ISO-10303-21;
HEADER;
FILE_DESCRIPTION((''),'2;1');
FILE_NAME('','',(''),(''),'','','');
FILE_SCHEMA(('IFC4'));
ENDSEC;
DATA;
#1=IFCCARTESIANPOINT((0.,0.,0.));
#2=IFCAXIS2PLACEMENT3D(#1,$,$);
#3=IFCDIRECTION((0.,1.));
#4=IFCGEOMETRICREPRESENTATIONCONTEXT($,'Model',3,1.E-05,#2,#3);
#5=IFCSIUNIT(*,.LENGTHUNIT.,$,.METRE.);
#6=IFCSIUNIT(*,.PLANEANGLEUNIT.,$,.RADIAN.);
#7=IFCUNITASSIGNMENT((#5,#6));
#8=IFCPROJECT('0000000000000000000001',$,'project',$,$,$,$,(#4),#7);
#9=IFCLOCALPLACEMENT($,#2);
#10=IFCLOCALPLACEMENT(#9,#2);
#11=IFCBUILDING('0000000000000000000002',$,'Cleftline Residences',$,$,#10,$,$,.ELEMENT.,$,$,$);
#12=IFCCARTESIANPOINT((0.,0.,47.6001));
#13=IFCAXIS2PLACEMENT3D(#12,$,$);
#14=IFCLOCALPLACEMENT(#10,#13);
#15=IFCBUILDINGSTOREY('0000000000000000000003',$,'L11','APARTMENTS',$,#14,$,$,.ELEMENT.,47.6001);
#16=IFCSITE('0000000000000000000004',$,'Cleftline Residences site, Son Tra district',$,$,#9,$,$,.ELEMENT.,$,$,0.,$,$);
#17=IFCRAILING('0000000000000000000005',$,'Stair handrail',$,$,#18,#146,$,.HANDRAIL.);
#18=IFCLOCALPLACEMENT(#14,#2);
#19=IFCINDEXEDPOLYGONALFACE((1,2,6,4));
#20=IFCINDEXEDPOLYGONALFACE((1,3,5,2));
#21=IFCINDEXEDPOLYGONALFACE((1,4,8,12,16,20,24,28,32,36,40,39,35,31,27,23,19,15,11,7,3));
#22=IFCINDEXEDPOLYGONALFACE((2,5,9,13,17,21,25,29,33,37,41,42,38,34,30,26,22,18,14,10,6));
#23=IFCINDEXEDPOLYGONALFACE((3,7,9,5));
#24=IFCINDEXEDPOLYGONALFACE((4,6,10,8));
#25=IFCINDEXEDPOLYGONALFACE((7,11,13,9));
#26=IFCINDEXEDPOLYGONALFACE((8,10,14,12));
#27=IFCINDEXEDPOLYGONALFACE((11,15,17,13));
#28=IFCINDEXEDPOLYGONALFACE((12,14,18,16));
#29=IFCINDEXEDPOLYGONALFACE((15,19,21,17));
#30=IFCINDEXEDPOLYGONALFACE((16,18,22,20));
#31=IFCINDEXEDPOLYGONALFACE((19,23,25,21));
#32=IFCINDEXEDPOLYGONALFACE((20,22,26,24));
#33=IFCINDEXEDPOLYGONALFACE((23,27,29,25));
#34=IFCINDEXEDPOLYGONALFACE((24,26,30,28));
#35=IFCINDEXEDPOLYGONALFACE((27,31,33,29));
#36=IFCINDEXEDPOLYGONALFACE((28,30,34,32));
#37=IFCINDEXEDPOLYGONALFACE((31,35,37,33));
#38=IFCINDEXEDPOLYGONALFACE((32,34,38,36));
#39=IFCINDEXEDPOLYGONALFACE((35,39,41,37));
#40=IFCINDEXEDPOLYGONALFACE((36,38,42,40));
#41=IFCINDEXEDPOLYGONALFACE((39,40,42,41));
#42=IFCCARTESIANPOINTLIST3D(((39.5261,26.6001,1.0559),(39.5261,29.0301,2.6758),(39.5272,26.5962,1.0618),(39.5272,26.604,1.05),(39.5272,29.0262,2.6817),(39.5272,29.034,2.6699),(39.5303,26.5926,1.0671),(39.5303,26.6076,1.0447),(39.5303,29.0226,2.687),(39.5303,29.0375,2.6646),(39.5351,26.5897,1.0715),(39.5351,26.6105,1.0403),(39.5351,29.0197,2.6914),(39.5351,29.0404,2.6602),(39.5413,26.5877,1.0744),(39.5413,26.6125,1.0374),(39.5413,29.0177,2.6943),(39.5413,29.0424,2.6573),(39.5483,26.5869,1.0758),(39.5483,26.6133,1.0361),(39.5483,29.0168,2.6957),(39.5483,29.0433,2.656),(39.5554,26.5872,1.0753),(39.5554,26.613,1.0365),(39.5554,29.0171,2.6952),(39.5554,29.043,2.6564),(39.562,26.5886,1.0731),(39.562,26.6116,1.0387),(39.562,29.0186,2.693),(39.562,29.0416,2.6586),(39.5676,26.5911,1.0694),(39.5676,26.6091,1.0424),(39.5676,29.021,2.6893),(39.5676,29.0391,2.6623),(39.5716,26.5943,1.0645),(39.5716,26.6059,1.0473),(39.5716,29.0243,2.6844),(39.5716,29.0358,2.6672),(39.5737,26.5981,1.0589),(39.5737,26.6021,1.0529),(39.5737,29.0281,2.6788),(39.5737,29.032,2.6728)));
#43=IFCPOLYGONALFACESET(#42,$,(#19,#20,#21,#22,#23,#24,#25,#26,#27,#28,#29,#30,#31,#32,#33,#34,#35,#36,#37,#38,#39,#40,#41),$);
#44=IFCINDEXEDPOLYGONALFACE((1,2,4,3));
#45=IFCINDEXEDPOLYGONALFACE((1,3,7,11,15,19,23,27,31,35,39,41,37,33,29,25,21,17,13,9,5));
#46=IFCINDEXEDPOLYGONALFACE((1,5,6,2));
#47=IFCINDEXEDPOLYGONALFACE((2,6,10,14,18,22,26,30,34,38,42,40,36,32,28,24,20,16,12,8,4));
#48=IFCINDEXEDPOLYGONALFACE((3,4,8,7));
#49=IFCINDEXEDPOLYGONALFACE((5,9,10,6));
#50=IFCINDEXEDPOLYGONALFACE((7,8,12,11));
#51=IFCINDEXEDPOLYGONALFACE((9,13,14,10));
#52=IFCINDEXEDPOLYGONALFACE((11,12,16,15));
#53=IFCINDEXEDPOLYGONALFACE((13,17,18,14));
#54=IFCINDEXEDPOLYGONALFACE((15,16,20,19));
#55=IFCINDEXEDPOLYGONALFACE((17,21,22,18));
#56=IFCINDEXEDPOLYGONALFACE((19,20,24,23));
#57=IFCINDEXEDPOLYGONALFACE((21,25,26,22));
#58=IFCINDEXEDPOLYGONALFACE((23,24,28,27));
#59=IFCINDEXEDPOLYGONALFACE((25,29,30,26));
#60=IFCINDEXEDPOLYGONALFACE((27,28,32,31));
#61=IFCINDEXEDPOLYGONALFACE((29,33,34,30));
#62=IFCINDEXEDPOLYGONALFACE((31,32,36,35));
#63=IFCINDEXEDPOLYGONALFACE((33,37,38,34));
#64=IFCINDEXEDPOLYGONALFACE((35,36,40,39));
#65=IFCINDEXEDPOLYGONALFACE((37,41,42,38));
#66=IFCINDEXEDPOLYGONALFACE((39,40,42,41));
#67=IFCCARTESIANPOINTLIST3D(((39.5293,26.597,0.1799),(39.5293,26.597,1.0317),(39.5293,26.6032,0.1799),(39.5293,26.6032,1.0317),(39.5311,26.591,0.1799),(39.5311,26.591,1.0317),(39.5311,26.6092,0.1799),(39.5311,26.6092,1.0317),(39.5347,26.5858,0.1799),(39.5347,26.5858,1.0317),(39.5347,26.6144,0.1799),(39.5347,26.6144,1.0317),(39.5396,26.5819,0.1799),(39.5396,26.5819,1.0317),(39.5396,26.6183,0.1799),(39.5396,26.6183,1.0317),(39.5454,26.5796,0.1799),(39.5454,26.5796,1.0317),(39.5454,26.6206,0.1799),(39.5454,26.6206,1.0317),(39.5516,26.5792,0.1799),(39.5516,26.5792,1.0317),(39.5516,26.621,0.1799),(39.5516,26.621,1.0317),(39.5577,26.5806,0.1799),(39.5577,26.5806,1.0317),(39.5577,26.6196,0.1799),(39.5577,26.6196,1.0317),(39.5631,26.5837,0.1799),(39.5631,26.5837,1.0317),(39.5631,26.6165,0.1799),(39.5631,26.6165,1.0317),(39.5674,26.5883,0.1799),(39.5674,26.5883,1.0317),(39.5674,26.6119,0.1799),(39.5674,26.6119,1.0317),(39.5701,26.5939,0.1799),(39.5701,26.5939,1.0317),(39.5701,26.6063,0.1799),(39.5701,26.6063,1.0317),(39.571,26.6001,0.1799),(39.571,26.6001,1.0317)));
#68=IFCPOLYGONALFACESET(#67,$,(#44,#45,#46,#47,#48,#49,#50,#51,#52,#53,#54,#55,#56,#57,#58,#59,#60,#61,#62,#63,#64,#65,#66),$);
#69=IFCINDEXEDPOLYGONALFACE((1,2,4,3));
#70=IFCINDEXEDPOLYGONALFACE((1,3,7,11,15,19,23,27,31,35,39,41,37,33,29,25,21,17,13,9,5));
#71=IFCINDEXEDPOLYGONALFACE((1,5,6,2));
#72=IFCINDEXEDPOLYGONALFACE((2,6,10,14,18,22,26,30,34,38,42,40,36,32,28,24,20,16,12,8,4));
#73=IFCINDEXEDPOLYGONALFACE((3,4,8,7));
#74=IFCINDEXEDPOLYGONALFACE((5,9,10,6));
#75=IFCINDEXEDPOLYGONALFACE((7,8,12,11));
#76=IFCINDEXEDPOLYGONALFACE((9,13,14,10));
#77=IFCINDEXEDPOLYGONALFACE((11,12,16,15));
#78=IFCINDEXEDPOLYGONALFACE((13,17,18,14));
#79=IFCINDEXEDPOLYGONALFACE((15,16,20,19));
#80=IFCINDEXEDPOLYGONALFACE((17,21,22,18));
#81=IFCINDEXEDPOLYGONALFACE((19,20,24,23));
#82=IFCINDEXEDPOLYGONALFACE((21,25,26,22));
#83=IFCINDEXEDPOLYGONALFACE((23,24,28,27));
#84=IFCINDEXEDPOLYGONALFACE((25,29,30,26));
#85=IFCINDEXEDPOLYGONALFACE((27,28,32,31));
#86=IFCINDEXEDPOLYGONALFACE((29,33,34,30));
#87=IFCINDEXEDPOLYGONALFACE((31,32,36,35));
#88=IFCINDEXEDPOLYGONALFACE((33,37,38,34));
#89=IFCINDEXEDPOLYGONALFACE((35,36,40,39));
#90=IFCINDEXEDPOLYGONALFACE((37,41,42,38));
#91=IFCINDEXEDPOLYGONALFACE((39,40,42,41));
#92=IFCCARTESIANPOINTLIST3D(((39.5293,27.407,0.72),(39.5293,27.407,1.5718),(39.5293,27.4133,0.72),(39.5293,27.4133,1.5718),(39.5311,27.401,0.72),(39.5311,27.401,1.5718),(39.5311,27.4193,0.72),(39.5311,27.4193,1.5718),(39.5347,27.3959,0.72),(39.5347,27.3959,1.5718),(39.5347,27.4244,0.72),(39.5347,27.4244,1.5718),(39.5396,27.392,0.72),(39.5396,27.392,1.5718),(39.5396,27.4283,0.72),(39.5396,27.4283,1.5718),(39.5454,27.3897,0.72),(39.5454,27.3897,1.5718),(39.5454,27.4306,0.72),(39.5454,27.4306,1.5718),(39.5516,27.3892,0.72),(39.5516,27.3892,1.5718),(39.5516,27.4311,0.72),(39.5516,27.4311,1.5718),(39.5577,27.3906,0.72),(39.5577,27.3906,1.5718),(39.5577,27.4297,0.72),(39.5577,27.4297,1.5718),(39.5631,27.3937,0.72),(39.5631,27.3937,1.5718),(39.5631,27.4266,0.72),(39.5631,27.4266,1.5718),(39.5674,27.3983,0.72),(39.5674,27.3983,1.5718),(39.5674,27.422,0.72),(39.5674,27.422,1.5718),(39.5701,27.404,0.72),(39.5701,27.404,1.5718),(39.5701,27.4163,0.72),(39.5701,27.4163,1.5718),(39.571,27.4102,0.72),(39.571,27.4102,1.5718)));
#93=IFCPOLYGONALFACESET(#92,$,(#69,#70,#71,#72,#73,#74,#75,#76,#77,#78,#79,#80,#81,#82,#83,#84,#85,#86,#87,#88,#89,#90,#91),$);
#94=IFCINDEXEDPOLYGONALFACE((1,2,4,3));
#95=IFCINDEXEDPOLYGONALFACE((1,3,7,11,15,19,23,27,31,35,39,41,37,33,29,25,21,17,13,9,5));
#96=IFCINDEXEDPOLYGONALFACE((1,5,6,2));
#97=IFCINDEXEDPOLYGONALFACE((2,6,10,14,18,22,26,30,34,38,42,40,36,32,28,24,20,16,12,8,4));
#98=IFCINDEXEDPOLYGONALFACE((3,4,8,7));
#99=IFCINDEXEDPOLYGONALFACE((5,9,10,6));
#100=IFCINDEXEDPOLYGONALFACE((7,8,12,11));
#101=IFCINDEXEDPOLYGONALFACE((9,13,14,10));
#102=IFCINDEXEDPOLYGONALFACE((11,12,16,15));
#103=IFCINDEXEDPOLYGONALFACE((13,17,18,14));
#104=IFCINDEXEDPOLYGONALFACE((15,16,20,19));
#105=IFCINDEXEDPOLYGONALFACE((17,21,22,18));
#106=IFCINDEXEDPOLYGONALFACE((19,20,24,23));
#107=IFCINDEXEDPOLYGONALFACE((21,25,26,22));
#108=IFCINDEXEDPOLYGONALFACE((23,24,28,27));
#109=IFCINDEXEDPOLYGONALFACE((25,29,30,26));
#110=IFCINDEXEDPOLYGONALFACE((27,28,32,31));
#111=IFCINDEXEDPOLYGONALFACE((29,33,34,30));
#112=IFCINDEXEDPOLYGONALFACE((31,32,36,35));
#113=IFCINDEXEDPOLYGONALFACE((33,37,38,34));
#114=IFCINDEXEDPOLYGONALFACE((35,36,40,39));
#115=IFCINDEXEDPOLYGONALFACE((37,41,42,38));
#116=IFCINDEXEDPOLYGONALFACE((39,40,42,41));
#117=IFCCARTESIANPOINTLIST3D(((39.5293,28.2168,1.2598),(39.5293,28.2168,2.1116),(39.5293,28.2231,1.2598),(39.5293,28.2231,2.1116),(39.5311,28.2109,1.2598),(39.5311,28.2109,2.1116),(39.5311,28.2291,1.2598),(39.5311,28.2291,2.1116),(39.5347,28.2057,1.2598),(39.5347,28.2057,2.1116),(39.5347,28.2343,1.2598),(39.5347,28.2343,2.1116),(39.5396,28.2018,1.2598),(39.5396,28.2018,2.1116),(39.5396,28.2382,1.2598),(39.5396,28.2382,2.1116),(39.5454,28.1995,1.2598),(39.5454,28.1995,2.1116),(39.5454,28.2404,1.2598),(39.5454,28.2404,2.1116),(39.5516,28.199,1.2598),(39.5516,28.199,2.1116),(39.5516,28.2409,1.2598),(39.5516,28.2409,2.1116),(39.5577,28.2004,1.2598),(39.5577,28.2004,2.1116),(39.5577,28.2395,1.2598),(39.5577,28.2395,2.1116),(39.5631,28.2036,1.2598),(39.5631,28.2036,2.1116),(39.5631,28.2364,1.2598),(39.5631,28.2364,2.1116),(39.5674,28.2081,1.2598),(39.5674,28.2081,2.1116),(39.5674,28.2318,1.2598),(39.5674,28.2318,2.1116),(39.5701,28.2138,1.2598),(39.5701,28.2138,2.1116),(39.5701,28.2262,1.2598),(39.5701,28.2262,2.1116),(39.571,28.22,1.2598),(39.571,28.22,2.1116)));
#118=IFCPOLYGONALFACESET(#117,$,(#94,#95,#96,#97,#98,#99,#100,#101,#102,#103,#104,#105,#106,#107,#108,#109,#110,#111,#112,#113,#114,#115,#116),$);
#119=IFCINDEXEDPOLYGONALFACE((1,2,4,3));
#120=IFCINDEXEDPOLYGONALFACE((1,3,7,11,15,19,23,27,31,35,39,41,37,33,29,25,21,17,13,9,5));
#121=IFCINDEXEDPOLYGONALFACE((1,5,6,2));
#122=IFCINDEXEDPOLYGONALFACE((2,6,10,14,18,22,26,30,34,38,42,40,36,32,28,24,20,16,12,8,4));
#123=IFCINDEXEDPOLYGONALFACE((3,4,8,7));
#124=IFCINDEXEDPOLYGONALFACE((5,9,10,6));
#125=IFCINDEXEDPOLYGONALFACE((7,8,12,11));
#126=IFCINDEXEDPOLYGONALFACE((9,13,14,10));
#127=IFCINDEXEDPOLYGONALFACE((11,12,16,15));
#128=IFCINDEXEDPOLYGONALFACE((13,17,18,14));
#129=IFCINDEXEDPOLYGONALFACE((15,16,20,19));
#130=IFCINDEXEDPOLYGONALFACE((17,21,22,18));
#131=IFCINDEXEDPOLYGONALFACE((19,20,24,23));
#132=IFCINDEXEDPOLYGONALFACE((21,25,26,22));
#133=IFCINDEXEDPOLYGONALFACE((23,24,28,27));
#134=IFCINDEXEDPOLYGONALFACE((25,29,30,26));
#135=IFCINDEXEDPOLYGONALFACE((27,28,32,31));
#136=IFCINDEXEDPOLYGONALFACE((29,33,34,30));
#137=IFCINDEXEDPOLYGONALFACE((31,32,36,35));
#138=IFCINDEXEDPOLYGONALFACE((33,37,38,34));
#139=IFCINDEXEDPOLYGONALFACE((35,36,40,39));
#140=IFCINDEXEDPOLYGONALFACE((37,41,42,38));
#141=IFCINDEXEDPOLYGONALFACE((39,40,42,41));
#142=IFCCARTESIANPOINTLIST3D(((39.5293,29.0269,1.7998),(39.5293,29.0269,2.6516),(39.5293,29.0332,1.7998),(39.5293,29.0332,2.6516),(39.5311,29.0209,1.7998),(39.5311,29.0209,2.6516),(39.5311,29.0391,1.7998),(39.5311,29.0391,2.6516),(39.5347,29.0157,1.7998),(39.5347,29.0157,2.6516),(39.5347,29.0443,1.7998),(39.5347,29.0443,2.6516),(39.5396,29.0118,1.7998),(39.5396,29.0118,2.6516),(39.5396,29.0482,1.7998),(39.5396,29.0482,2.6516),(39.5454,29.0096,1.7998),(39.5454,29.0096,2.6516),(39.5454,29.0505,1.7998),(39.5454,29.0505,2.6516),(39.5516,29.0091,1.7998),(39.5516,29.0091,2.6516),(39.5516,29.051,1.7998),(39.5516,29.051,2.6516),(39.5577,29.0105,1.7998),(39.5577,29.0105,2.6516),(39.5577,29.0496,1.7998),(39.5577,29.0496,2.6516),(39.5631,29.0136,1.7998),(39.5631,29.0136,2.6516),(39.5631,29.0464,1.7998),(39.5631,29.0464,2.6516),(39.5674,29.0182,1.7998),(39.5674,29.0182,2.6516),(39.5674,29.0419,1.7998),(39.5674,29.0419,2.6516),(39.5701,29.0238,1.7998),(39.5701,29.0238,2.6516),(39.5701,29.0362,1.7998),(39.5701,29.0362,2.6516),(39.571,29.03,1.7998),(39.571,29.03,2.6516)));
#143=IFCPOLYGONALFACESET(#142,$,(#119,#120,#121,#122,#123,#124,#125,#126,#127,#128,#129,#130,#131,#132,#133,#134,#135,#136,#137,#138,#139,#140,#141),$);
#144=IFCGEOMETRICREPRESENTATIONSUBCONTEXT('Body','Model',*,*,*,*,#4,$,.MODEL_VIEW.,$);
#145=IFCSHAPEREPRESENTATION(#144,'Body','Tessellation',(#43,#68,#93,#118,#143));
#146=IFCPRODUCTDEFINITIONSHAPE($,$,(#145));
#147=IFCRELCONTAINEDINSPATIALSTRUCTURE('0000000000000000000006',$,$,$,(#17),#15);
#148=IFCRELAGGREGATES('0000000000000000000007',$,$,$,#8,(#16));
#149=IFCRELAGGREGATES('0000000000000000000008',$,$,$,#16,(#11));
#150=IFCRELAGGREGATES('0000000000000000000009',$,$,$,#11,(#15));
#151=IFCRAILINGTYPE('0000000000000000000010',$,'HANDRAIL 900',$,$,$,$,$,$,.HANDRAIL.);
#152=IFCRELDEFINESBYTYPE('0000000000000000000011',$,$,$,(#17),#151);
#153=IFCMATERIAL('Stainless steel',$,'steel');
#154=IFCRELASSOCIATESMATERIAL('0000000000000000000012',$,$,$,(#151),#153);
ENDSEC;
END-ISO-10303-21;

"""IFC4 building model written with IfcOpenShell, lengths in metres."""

from ifc_helpers import new_model, si_unit, direction, frame, origin, origin_2d, place, context, subcontext, project, spatial, circle, extrude, material, type_object, element, save


model = new_model("IFC4")

# Units and contexts
model_context = context("Model", 3, precision=1e-05, world=origin(), true_north=direction((0.0, 1.0)))
body_context = subcontext(model_context, "Body", "Model", "MODEL_VIEW")
ifc_project = project(units=[si_unit("LENGTHUNIT", "METRE"), si_unit("PLANEANGLEUNIT", "RADIAN")], contexts=[model_context])

# Site, building, storey
site_placement = place(None, origin())
site = spatial("IfcSite", under=ifc_project, at=site_placement, Name="Cleftline Residences site, Son Tra district", CompositionType="ELEMENT", RefElevation=0.0)
building_placement = place(site_placement, origin())
building = spatial("IfcBuilding", under=site, at=building_placement, Name="Cleftline Residences", CompositionType="ELEMENT")
storey_placement = place(building_placement, frame((0.0, 0.0, 47.6001)))
storey = spatial("IfcBuildingStorey", under=building, at=storey_placement, Name="L11", Description="APARTMENTS", CompositionType="ELEMENT", Elevation=47.6001)

# Railing
ifc_material_1 = material(Name="Stainless steel", Category="steel")
railing_type = type_object("IfcRailingType", Name="HANDRAIL 900", PredefinedType="HANDRAIL", material=ifc_material_1)
railing_1_placement = place(storey_placement, frame((39.55, 26.6001, 0.1799)))
element("IfcRailing", 1, at=railing_1_placement, inside=storey, type_object=railing_type, Name="Stair handrail", PredefinedType="HANDRAIL", context=body_context, shape_type="SweptSolid", body=[
    extrude(circle(Radius=0.0239, at=origin_2d()), frame((0.0, 0.0, 0.876), z_axis=(0.0, 0.832063, 0.554681), x_axis=(-1.0, 0.0, 0.0)), (0.0, 0.0, 1.0), 2.9204),
    extrude(circle(Radius=0.021, at=origin_2d()), origin(), (0.0, 0.0, 1.0), 0.8518),
    extrude(circle(Radius=0.021, at=origin_2d()), frame((0.0, 0.8101, 0.54)), (0.0, 0.0, 1.0), 0.8518),
    extrude(circle(Radius=0.021, at=origin_2d()), frame((0.0, 1.6199, 1.0798)), (0.0, 0.0, 1.0), 0.8518),
    extrude(circle(Radius=0.021, at=origin_2d()), frame((0.0, 2.4299, 1.6199)), (0.0, 0.0, 1.0), 0.8518),
])

save(model, "model.ifc")
